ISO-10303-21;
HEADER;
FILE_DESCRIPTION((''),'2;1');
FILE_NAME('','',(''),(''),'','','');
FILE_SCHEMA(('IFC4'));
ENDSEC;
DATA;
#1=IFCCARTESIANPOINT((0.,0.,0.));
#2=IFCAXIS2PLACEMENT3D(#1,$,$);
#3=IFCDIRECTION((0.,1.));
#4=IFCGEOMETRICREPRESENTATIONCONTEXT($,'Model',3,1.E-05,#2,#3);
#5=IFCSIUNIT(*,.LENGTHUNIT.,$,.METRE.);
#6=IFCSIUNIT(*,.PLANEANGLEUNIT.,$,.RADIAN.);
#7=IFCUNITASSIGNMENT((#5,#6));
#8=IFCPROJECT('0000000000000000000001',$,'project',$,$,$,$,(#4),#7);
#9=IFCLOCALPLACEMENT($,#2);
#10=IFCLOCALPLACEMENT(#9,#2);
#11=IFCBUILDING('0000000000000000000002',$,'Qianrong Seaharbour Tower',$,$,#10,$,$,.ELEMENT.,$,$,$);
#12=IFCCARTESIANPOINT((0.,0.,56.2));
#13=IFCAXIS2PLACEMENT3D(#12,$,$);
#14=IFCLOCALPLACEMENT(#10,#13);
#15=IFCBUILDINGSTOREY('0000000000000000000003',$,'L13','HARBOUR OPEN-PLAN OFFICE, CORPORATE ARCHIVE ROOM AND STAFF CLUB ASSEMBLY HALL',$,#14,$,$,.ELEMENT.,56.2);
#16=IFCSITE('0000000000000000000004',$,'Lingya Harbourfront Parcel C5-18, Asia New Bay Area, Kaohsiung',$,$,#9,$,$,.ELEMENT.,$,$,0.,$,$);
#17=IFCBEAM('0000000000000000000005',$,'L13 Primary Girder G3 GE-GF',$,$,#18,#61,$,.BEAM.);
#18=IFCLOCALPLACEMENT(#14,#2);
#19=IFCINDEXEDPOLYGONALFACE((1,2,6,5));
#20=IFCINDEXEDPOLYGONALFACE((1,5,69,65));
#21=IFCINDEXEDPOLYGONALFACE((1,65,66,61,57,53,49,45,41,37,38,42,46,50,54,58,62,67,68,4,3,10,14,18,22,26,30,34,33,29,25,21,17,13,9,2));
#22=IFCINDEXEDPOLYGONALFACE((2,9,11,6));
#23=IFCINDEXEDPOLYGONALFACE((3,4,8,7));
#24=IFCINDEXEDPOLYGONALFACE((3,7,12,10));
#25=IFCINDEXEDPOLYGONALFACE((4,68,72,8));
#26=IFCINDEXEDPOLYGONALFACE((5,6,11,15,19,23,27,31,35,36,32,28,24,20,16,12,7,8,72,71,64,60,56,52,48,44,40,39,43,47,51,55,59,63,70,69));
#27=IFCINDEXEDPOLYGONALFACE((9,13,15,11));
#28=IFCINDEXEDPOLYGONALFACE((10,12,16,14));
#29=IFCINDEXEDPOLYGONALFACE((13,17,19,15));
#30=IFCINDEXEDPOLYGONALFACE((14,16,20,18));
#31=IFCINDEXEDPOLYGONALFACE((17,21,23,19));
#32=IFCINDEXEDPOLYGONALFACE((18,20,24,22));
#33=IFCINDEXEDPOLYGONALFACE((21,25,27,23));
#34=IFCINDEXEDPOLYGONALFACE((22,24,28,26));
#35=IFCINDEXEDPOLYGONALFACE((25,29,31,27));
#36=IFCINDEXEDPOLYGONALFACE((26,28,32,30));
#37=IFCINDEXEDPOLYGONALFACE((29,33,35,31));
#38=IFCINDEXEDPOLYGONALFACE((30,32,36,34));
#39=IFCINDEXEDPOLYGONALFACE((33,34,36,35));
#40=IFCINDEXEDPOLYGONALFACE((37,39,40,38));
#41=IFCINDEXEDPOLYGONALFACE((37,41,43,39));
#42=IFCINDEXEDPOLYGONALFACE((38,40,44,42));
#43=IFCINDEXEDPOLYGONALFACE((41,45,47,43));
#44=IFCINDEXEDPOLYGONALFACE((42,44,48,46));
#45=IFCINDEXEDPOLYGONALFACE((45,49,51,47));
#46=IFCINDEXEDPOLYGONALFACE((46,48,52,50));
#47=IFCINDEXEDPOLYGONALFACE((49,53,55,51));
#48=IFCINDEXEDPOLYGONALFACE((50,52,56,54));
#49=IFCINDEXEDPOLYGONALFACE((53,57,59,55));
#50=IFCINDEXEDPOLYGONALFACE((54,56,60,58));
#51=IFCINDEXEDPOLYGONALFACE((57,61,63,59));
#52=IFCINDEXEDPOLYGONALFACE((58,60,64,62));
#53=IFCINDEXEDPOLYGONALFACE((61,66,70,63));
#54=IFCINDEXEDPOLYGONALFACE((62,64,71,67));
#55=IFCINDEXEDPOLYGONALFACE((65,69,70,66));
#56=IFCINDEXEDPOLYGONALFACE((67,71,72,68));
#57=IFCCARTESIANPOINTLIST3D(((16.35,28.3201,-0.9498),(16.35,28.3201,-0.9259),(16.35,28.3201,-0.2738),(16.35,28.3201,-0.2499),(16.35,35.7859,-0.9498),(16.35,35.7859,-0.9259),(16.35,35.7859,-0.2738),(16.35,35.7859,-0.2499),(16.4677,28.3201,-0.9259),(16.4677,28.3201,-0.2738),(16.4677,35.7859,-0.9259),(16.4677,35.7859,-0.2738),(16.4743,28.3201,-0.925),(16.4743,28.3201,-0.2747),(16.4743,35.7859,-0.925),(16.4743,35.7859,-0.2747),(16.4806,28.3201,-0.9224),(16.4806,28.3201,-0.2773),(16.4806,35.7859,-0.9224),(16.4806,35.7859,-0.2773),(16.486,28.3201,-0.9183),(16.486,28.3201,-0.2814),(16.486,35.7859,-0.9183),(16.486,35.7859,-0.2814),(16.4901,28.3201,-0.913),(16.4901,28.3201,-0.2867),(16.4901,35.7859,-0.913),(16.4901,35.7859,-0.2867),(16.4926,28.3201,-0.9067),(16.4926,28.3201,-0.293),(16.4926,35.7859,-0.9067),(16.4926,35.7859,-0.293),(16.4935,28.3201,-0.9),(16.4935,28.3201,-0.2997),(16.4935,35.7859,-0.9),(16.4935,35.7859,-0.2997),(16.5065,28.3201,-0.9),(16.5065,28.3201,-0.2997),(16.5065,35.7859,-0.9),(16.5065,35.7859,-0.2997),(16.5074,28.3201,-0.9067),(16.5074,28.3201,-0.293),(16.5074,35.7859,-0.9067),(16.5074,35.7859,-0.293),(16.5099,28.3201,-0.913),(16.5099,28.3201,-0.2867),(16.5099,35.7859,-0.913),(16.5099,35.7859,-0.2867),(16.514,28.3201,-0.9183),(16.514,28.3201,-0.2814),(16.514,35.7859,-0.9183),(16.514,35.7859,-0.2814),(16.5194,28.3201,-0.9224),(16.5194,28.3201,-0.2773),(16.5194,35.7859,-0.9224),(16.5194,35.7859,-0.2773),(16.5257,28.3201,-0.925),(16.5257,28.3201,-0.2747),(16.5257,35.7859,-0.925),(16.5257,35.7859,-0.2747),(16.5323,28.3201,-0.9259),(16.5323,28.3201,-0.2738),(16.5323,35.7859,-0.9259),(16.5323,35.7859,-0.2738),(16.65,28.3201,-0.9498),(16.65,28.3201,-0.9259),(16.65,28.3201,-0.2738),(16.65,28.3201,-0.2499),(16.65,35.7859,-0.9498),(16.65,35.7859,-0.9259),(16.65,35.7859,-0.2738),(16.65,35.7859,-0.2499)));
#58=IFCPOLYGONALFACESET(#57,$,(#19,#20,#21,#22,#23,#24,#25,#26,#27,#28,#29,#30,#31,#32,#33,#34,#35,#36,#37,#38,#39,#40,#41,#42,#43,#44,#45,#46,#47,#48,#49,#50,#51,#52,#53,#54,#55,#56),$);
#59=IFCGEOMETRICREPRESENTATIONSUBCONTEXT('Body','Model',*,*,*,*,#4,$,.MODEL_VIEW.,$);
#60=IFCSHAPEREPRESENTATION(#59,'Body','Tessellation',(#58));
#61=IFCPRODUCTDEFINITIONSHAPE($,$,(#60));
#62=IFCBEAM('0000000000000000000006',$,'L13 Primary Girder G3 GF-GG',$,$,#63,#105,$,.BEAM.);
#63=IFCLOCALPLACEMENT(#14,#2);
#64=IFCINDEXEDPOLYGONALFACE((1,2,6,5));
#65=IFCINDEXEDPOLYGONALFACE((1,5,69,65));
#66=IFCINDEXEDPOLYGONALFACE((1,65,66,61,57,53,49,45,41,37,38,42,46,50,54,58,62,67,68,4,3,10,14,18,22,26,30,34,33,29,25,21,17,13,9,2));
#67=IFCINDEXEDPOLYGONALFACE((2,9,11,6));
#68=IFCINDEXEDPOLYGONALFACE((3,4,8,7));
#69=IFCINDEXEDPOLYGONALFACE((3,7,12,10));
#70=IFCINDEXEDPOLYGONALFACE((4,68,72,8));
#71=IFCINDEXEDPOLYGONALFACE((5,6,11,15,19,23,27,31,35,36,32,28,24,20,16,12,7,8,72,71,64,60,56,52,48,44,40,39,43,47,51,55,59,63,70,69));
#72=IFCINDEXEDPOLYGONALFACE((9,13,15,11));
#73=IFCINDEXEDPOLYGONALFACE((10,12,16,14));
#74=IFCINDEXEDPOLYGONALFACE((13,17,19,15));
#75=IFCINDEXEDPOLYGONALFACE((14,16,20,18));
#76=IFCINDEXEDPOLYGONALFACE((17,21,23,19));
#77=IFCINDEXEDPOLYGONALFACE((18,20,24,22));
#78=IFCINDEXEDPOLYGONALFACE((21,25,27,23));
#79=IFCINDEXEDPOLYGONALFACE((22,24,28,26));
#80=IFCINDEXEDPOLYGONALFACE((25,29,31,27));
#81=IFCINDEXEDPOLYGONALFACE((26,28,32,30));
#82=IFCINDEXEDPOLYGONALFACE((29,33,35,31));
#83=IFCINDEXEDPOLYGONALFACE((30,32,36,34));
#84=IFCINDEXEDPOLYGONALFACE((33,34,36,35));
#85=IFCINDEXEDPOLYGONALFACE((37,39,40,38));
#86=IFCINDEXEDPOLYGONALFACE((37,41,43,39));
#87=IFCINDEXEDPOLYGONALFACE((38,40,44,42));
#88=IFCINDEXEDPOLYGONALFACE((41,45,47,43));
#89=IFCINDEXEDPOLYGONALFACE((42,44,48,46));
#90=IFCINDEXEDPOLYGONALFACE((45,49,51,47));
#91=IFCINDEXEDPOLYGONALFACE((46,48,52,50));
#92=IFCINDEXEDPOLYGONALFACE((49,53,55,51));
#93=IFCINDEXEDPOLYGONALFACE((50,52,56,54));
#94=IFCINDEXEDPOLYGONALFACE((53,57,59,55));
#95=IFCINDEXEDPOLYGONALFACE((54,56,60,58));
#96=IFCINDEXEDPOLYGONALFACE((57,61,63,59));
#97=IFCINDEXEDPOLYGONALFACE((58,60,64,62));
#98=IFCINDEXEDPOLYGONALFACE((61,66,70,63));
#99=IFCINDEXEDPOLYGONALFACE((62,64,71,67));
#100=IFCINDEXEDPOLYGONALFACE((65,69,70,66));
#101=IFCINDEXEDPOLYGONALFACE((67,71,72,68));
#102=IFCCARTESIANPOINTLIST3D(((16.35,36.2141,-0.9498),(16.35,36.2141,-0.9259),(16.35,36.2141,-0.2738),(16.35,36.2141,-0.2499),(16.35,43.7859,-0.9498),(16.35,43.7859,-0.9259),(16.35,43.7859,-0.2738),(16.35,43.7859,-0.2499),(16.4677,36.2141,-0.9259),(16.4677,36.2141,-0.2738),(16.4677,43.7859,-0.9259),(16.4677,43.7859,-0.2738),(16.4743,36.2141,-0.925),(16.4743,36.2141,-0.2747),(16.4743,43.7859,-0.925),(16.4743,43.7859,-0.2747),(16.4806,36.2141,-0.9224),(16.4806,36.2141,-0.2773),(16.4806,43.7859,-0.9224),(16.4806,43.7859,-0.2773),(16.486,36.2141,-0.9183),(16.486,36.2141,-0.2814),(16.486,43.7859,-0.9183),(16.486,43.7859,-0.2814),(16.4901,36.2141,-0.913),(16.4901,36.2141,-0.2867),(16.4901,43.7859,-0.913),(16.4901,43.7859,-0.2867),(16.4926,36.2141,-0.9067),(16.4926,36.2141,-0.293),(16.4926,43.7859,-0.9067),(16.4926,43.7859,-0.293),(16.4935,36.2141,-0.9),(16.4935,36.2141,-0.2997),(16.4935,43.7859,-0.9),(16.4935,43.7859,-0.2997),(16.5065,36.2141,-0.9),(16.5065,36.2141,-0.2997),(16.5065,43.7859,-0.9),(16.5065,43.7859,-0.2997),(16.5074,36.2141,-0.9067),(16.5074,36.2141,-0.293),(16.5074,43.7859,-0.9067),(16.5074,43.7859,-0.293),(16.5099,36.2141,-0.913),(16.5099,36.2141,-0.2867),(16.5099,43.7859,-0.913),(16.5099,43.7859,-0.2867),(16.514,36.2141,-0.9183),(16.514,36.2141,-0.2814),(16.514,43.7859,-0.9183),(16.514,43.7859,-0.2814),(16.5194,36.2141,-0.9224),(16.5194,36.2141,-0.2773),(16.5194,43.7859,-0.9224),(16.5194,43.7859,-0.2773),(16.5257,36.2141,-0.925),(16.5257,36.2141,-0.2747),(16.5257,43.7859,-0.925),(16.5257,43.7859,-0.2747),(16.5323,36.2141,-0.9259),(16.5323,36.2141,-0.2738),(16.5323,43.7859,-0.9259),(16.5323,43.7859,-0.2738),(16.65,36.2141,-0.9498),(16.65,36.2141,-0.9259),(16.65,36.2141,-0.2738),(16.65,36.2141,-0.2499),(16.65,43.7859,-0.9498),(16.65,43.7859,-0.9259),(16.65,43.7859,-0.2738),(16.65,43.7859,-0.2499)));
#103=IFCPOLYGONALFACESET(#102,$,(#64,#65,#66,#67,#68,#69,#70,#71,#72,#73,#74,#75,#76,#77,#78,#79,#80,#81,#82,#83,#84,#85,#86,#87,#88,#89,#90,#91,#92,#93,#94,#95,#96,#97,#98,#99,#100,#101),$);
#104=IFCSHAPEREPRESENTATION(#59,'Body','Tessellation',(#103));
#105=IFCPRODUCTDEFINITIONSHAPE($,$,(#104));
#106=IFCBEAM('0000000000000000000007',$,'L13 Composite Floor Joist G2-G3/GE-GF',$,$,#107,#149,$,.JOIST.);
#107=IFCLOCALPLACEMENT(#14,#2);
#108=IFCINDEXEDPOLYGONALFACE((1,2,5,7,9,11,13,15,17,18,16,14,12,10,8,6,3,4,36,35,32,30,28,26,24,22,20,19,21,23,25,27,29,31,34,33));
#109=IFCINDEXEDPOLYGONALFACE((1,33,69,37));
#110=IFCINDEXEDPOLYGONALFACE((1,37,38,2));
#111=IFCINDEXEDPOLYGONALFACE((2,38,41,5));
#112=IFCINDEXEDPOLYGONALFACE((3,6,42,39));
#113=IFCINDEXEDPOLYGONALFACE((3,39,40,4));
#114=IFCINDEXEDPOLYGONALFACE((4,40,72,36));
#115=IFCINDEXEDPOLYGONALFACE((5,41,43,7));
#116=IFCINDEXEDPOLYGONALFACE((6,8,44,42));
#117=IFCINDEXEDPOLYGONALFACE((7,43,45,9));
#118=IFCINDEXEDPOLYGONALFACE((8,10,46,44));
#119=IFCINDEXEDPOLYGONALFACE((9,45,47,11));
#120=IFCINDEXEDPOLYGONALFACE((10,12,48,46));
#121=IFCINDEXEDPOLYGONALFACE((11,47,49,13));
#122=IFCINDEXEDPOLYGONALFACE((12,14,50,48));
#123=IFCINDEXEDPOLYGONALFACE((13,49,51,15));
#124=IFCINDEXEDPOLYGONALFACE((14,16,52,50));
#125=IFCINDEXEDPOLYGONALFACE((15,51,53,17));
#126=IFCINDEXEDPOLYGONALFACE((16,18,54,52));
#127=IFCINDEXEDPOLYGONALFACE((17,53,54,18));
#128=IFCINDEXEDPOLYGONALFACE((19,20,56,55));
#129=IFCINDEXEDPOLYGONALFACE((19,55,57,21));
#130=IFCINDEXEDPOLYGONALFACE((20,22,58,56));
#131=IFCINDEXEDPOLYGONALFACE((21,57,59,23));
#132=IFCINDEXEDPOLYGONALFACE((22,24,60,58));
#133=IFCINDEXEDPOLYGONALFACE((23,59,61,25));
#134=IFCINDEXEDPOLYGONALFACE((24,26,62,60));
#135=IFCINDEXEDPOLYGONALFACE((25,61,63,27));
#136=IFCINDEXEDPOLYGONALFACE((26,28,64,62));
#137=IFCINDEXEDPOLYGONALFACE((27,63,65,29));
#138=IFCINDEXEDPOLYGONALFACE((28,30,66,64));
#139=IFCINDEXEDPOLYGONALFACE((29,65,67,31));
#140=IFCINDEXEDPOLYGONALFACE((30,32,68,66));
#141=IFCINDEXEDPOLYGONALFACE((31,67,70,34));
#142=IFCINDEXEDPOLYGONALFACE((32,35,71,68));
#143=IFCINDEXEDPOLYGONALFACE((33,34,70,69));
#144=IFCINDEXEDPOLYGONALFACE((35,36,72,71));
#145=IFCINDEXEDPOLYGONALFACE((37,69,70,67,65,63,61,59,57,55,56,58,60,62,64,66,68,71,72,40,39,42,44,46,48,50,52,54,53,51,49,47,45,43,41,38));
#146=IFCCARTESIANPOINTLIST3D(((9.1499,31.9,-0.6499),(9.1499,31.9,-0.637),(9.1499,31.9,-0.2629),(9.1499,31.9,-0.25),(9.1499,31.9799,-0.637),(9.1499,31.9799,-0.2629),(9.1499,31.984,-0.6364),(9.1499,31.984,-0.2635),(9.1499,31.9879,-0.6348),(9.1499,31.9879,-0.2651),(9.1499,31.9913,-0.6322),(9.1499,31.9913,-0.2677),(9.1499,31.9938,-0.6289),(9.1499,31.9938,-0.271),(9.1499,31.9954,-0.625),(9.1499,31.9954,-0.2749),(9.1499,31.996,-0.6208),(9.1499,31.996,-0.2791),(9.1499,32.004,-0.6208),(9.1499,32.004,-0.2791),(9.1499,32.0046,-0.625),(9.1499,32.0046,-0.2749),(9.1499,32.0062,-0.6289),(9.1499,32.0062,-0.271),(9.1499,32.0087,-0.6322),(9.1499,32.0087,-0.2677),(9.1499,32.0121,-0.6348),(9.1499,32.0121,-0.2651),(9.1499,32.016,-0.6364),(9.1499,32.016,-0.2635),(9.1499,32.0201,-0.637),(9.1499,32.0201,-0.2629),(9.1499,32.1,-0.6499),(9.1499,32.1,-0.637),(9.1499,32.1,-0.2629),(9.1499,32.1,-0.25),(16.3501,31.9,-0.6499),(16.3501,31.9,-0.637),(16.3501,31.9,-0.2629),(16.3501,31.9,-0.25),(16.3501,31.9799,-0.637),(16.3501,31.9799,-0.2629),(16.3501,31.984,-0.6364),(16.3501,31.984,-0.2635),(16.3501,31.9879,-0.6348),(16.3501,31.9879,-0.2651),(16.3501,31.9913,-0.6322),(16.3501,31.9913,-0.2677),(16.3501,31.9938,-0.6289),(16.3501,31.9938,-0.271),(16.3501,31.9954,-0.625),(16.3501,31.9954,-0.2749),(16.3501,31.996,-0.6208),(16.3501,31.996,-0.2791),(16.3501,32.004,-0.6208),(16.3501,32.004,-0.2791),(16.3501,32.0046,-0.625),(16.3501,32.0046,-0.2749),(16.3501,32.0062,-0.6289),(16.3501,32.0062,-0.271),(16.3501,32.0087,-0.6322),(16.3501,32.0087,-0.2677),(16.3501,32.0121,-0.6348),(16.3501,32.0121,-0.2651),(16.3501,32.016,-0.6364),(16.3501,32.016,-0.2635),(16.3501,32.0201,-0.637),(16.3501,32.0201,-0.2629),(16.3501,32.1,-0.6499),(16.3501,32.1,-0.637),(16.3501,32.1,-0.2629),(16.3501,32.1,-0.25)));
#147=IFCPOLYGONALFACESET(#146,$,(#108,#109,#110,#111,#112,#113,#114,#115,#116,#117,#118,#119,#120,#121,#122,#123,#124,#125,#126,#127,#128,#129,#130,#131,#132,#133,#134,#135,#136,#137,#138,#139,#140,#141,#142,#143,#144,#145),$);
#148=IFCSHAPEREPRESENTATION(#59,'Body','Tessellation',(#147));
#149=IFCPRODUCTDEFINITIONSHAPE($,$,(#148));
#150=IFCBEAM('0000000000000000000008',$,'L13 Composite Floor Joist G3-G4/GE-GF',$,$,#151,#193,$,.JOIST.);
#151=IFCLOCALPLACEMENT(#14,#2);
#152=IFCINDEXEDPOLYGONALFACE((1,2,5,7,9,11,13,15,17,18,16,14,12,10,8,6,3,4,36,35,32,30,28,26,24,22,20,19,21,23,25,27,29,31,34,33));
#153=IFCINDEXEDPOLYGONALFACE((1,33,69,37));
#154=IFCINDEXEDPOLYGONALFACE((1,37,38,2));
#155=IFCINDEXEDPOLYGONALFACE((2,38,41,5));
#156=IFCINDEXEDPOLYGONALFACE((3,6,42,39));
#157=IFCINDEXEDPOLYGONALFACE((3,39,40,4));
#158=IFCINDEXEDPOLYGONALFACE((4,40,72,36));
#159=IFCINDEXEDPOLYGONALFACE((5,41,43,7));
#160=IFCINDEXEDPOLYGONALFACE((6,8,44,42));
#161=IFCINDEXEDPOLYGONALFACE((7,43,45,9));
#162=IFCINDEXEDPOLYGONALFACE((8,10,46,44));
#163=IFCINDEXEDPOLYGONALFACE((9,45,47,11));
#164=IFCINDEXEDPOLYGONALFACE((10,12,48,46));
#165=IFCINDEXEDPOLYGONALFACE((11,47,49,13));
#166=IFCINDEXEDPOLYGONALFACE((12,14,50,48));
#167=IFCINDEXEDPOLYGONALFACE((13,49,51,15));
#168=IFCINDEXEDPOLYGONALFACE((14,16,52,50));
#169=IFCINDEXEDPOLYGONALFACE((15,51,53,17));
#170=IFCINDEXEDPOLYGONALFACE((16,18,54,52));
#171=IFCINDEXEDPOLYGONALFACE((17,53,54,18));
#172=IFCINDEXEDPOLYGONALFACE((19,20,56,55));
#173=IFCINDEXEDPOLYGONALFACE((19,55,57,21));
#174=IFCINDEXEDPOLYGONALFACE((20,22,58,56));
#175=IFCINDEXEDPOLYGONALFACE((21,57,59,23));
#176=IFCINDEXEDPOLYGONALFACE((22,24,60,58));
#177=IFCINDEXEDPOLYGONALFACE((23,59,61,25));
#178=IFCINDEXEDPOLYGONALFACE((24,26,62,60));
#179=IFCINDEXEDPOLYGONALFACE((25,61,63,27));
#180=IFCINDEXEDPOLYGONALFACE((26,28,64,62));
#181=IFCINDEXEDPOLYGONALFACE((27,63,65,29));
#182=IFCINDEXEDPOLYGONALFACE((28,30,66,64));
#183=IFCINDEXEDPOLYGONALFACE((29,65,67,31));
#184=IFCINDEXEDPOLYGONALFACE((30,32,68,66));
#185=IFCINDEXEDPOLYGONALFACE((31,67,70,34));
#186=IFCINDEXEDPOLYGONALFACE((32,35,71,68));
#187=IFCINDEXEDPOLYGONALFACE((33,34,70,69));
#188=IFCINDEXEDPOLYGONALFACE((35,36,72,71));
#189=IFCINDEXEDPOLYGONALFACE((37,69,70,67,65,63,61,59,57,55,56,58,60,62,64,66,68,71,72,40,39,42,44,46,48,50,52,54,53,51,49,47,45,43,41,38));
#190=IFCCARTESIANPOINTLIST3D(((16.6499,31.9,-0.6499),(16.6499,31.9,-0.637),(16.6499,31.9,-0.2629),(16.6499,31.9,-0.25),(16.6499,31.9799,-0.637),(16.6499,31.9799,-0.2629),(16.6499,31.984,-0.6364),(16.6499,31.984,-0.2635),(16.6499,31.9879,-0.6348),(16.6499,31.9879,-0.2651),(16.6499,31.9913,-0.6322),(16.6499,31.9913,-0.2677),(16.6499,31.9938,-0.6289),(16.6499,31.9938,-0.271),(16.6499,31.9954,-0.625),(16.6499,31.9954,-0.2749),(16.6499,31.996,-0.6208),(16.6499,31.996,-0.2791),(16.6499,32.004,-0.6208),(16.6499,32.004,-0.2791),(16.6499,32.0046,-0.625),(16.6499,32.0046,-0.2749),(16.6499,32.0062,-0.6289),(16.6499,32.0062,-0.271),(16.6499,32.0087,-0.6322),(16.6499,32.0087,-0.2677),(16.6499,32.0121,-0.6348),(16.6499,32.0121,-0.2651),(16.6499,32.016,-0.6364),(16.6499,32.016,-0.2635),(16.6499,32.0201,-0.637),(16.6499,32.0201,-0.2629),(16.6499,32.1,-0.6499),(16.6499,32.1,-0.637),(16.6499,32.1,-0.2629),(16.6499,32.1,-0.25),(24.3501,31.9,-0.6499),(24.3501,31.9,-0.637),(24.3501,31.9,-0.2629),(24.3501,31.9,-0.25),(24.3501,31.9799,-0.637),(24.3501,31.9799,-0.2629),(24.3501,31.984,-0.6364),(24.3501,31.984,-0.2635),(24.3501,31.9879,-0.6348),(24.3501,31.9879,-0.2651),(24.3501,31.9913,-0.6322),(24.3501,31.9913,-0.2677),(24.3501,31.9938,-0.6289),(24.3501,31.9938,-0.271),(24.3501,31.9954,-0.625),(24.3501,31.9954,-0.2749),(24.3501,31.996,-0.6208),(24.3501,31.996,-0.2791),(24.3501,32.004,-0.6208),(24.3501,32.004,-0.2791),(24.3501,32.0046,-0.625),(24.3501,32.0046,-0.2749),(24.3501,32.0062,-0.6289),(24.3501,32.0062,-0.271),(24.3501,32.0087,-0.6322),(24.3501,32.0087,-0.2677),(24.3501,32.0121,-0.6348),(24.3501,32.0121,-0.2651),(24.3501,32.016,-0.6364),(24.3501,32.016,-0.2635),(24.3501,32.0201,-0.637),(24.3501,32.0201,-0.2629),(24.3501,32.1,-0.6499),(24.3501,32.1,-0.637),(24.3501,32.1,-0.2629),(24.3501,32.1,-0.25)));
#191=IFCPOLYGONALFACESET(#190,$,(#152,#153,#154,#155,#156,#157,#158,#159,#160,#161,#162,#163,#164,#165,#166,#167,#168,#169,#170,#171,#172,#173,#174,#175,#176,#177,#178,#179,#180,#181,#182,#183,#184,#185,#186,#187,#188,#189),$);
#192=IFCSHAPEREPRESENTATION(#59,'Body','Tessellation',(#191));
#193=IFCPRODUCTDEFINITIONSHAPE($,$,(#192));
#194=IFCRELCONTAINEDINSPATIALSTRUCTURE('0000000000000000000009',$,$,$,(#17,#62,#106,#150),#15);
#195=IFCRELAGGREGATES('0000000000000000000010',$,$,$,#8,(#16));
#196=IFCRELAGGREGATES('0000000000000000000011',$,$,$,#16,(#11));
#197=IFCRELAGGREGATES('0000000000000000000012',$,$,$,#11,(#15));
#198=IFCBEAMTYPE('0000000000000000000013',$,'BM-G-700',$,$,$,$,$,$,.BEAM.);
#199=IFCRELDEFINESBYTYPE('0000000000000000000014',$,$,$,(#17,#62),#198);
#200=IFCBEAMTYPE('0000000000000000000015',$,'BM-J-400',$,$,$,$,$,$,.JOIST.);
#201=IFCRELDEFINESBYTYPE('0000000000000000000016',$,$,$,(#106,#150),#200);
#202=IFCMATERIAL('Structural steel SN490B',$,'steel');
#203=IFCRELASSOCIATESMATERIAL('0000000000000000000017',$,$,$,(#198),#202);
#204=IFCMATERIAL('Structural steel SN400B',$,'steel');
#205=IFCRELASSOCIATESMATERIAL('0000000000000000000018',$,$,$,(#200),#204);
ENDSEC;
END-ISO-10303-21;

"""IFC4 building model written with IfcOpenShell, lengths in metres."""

from ifc_helpers import new_model, si_unit, direction, frame, origin, origin_2d, place, context, subcontext, project, spatial, i_section, extrude, material, material_profile, profile_set, type_object, element, save


model = new_model("IFC4")

# Units and contexts
model_context = context("Model", 3, precision=1e-05, world=origin(), true_north=direction((0.0, 1.0)))
body_context = subcontext(model_context, "Body", "Model", "MODEL_VIEW")
ifc_project = project(units=[si_unit("LENGTHUNIT", "METRE"), si_unit("PLANEANGLEUNIT", "RADIAN")], contexts=[model_context])

# Site, building, storey
site_placement = place(None, origin())
site = spatial("IfcSite", under=ifc_project, at=site_placement, Name="Lingya Harbourfront Parcel C5-18, Asia New Bay Area, Kaohsiung", CompositionType="ELEMENT", RefElevation=0.0)
building_placement = place(site_placement, origin())
building = spatial("IfcBuilding", under=site, at=building_placement, Name="Qianrong Seaharbour Tower", CompositionType="ELEMENT")
storey_placement = place(building_placement, frame((0.0, 0.0, 56.2)))
storey = spatial("IfcBuildingStorey", under=building, at=storey_placement, Name="L13", Description="HARBOUR OPEN-PLAN OFFICE, CORPORATE ARCHIVE ROOM AND STAFF CLUB ASSEMBLY HALL", CompositionType="ELEMENT", Elevation=56.2)

# Shared definitions
ifc_material_1 = material(Name="Structural steel SN490B", Category="steel")

# Beams
ifc_material_profile_1 = material_profile(ifc_material_1, i_section(OverallWidth=0.3, OverallDepth=0.7, WebThickness=0.0129, FlangeThickness=0.0239, FilletRadius=0.0259, at=origin_2d()), Name="H700x300x13x24")
ifc_profile_set_1 = profile_set([ifc_material_profile_1], Name="Structural steel SN490B")
beam_type_1 = type_object("IfcBeamType", Name="BM-G-700", PredefinedType="BEAM", material=ifc_profile_set_1)
beam_1_placement = place(storey_placement, frame((16.5, 28.3201, -0.5999), z_axis=(0.0, 1.0, 0.0), x_axis=(-1.0, 0.0, 0.0)))
element("IfcBeam", 1, at=beam_1_placement, inside=storey, type_object=beam_type_1, Name="L13 Primary Girder G3 GE-GF", PredefinedType="BEAM", context=body_context, shape_type="SweptSolid", body=[
    extrude(i_section(OverallWidth=0.3, OverallDepth=0.7, WebThickness=0.0129, FlangeThickness=0.0239, FilletRadius=0.0259, at=origin_2d()), origin(), (0.0, 0.0, 1.0), 7.4658),
])
beam_2_placement = place(storey_placement, frame((16.5, 36.2141, -0.5999), z_axis=(0.0, 1.0, 0.0), x_axis=(-1.0, 0.0, 0.0)))
element("IfcBeam", 2, at=beam_2_placement, inside=storey, type_object=beam_type_1, Name="L13 Primary Girder G3 GF-GG", PredefinedType="BEAM", context=body_context, shape_type="SweptSolid", body=[
    extrude(i_section(OverallWidth=0.3, OverallDepth=0.7, WebThickness=0.0129, FlangeThickness=0.0239, FilletRadius=0.0259, at=origin_2d()), origin(), (0.0, 0.0, 1.0), 7.5718),
])
ifc_material_2 = material(Name="Structural steel SN400B", Category="steel")
ifc_material_profile_2 = material_profile(ifc_material_2, i_section(OverallWidth=0.2, OverallDepth=0.3999, WebThickness=0.0081, FlangeThickness=0.0129, FilletRadius=0.0161, at=origin_2d()), Name="H400x200x8x13")
ifc_profile_set_2 = profile_set([ifc_material_profile_2], Name="Structural steel SN400B")
beam_type_2 = type_object("IfcBeamType", Name="BM-J-400", PredefinedType="JOIST", material=ifc_profile_set_2)
beam_3_placement = place(storey_placement, frame((9.1499, 32.0, -0.45), z_axis=(1.0, 0.0, 0.0), x_axis=(0.0, 1.0, 0.0)))
element("IfcBeam", 3, at=beam_3_placement, inside=storey, type_object=beam_type_2, Name="L13 Composite Floor Joist G2-G3/GE-GF", PredefinedType="JOIST", context=body_context, shape_type="SweptSolid", body=[
    extrude(i_section(OverallWidth=0.2, OverallDepth=0.3999, WebThickness=0.0081, FlangeThickness=0.0129, FilletRadius=0.0161, at=origin_2d()), origin(), (0.0, 0.0, 1.0), 7.2002),
])
beam_4_placement = place(storey_placement, frame((16.6499, 32.0, -0.45), z_axis=(1.0, 0.0, 0.0), x_axis=(0.0, 1.0, 0.0)))
element("IfcBeam", 4, at=beam_4_placement, inside=storey, type_object=beam_type_2, Name="L13 Composite Floor Joist G3-G4/GE-GF", PredefinedType="JOIST", context=body_context, shape_type="SweptSolid", body=[
    extrude(i_section(OverallWidth=0.2, OverallDepth=0.3999, WebThickness=0.0081, FlangeThickness=0.0129, FilletRadius=0.0161, at=origin_2d()), origin(), (0.0, 0.0, 1.0), 7.7002),
])

save(model, "model.ifc")
